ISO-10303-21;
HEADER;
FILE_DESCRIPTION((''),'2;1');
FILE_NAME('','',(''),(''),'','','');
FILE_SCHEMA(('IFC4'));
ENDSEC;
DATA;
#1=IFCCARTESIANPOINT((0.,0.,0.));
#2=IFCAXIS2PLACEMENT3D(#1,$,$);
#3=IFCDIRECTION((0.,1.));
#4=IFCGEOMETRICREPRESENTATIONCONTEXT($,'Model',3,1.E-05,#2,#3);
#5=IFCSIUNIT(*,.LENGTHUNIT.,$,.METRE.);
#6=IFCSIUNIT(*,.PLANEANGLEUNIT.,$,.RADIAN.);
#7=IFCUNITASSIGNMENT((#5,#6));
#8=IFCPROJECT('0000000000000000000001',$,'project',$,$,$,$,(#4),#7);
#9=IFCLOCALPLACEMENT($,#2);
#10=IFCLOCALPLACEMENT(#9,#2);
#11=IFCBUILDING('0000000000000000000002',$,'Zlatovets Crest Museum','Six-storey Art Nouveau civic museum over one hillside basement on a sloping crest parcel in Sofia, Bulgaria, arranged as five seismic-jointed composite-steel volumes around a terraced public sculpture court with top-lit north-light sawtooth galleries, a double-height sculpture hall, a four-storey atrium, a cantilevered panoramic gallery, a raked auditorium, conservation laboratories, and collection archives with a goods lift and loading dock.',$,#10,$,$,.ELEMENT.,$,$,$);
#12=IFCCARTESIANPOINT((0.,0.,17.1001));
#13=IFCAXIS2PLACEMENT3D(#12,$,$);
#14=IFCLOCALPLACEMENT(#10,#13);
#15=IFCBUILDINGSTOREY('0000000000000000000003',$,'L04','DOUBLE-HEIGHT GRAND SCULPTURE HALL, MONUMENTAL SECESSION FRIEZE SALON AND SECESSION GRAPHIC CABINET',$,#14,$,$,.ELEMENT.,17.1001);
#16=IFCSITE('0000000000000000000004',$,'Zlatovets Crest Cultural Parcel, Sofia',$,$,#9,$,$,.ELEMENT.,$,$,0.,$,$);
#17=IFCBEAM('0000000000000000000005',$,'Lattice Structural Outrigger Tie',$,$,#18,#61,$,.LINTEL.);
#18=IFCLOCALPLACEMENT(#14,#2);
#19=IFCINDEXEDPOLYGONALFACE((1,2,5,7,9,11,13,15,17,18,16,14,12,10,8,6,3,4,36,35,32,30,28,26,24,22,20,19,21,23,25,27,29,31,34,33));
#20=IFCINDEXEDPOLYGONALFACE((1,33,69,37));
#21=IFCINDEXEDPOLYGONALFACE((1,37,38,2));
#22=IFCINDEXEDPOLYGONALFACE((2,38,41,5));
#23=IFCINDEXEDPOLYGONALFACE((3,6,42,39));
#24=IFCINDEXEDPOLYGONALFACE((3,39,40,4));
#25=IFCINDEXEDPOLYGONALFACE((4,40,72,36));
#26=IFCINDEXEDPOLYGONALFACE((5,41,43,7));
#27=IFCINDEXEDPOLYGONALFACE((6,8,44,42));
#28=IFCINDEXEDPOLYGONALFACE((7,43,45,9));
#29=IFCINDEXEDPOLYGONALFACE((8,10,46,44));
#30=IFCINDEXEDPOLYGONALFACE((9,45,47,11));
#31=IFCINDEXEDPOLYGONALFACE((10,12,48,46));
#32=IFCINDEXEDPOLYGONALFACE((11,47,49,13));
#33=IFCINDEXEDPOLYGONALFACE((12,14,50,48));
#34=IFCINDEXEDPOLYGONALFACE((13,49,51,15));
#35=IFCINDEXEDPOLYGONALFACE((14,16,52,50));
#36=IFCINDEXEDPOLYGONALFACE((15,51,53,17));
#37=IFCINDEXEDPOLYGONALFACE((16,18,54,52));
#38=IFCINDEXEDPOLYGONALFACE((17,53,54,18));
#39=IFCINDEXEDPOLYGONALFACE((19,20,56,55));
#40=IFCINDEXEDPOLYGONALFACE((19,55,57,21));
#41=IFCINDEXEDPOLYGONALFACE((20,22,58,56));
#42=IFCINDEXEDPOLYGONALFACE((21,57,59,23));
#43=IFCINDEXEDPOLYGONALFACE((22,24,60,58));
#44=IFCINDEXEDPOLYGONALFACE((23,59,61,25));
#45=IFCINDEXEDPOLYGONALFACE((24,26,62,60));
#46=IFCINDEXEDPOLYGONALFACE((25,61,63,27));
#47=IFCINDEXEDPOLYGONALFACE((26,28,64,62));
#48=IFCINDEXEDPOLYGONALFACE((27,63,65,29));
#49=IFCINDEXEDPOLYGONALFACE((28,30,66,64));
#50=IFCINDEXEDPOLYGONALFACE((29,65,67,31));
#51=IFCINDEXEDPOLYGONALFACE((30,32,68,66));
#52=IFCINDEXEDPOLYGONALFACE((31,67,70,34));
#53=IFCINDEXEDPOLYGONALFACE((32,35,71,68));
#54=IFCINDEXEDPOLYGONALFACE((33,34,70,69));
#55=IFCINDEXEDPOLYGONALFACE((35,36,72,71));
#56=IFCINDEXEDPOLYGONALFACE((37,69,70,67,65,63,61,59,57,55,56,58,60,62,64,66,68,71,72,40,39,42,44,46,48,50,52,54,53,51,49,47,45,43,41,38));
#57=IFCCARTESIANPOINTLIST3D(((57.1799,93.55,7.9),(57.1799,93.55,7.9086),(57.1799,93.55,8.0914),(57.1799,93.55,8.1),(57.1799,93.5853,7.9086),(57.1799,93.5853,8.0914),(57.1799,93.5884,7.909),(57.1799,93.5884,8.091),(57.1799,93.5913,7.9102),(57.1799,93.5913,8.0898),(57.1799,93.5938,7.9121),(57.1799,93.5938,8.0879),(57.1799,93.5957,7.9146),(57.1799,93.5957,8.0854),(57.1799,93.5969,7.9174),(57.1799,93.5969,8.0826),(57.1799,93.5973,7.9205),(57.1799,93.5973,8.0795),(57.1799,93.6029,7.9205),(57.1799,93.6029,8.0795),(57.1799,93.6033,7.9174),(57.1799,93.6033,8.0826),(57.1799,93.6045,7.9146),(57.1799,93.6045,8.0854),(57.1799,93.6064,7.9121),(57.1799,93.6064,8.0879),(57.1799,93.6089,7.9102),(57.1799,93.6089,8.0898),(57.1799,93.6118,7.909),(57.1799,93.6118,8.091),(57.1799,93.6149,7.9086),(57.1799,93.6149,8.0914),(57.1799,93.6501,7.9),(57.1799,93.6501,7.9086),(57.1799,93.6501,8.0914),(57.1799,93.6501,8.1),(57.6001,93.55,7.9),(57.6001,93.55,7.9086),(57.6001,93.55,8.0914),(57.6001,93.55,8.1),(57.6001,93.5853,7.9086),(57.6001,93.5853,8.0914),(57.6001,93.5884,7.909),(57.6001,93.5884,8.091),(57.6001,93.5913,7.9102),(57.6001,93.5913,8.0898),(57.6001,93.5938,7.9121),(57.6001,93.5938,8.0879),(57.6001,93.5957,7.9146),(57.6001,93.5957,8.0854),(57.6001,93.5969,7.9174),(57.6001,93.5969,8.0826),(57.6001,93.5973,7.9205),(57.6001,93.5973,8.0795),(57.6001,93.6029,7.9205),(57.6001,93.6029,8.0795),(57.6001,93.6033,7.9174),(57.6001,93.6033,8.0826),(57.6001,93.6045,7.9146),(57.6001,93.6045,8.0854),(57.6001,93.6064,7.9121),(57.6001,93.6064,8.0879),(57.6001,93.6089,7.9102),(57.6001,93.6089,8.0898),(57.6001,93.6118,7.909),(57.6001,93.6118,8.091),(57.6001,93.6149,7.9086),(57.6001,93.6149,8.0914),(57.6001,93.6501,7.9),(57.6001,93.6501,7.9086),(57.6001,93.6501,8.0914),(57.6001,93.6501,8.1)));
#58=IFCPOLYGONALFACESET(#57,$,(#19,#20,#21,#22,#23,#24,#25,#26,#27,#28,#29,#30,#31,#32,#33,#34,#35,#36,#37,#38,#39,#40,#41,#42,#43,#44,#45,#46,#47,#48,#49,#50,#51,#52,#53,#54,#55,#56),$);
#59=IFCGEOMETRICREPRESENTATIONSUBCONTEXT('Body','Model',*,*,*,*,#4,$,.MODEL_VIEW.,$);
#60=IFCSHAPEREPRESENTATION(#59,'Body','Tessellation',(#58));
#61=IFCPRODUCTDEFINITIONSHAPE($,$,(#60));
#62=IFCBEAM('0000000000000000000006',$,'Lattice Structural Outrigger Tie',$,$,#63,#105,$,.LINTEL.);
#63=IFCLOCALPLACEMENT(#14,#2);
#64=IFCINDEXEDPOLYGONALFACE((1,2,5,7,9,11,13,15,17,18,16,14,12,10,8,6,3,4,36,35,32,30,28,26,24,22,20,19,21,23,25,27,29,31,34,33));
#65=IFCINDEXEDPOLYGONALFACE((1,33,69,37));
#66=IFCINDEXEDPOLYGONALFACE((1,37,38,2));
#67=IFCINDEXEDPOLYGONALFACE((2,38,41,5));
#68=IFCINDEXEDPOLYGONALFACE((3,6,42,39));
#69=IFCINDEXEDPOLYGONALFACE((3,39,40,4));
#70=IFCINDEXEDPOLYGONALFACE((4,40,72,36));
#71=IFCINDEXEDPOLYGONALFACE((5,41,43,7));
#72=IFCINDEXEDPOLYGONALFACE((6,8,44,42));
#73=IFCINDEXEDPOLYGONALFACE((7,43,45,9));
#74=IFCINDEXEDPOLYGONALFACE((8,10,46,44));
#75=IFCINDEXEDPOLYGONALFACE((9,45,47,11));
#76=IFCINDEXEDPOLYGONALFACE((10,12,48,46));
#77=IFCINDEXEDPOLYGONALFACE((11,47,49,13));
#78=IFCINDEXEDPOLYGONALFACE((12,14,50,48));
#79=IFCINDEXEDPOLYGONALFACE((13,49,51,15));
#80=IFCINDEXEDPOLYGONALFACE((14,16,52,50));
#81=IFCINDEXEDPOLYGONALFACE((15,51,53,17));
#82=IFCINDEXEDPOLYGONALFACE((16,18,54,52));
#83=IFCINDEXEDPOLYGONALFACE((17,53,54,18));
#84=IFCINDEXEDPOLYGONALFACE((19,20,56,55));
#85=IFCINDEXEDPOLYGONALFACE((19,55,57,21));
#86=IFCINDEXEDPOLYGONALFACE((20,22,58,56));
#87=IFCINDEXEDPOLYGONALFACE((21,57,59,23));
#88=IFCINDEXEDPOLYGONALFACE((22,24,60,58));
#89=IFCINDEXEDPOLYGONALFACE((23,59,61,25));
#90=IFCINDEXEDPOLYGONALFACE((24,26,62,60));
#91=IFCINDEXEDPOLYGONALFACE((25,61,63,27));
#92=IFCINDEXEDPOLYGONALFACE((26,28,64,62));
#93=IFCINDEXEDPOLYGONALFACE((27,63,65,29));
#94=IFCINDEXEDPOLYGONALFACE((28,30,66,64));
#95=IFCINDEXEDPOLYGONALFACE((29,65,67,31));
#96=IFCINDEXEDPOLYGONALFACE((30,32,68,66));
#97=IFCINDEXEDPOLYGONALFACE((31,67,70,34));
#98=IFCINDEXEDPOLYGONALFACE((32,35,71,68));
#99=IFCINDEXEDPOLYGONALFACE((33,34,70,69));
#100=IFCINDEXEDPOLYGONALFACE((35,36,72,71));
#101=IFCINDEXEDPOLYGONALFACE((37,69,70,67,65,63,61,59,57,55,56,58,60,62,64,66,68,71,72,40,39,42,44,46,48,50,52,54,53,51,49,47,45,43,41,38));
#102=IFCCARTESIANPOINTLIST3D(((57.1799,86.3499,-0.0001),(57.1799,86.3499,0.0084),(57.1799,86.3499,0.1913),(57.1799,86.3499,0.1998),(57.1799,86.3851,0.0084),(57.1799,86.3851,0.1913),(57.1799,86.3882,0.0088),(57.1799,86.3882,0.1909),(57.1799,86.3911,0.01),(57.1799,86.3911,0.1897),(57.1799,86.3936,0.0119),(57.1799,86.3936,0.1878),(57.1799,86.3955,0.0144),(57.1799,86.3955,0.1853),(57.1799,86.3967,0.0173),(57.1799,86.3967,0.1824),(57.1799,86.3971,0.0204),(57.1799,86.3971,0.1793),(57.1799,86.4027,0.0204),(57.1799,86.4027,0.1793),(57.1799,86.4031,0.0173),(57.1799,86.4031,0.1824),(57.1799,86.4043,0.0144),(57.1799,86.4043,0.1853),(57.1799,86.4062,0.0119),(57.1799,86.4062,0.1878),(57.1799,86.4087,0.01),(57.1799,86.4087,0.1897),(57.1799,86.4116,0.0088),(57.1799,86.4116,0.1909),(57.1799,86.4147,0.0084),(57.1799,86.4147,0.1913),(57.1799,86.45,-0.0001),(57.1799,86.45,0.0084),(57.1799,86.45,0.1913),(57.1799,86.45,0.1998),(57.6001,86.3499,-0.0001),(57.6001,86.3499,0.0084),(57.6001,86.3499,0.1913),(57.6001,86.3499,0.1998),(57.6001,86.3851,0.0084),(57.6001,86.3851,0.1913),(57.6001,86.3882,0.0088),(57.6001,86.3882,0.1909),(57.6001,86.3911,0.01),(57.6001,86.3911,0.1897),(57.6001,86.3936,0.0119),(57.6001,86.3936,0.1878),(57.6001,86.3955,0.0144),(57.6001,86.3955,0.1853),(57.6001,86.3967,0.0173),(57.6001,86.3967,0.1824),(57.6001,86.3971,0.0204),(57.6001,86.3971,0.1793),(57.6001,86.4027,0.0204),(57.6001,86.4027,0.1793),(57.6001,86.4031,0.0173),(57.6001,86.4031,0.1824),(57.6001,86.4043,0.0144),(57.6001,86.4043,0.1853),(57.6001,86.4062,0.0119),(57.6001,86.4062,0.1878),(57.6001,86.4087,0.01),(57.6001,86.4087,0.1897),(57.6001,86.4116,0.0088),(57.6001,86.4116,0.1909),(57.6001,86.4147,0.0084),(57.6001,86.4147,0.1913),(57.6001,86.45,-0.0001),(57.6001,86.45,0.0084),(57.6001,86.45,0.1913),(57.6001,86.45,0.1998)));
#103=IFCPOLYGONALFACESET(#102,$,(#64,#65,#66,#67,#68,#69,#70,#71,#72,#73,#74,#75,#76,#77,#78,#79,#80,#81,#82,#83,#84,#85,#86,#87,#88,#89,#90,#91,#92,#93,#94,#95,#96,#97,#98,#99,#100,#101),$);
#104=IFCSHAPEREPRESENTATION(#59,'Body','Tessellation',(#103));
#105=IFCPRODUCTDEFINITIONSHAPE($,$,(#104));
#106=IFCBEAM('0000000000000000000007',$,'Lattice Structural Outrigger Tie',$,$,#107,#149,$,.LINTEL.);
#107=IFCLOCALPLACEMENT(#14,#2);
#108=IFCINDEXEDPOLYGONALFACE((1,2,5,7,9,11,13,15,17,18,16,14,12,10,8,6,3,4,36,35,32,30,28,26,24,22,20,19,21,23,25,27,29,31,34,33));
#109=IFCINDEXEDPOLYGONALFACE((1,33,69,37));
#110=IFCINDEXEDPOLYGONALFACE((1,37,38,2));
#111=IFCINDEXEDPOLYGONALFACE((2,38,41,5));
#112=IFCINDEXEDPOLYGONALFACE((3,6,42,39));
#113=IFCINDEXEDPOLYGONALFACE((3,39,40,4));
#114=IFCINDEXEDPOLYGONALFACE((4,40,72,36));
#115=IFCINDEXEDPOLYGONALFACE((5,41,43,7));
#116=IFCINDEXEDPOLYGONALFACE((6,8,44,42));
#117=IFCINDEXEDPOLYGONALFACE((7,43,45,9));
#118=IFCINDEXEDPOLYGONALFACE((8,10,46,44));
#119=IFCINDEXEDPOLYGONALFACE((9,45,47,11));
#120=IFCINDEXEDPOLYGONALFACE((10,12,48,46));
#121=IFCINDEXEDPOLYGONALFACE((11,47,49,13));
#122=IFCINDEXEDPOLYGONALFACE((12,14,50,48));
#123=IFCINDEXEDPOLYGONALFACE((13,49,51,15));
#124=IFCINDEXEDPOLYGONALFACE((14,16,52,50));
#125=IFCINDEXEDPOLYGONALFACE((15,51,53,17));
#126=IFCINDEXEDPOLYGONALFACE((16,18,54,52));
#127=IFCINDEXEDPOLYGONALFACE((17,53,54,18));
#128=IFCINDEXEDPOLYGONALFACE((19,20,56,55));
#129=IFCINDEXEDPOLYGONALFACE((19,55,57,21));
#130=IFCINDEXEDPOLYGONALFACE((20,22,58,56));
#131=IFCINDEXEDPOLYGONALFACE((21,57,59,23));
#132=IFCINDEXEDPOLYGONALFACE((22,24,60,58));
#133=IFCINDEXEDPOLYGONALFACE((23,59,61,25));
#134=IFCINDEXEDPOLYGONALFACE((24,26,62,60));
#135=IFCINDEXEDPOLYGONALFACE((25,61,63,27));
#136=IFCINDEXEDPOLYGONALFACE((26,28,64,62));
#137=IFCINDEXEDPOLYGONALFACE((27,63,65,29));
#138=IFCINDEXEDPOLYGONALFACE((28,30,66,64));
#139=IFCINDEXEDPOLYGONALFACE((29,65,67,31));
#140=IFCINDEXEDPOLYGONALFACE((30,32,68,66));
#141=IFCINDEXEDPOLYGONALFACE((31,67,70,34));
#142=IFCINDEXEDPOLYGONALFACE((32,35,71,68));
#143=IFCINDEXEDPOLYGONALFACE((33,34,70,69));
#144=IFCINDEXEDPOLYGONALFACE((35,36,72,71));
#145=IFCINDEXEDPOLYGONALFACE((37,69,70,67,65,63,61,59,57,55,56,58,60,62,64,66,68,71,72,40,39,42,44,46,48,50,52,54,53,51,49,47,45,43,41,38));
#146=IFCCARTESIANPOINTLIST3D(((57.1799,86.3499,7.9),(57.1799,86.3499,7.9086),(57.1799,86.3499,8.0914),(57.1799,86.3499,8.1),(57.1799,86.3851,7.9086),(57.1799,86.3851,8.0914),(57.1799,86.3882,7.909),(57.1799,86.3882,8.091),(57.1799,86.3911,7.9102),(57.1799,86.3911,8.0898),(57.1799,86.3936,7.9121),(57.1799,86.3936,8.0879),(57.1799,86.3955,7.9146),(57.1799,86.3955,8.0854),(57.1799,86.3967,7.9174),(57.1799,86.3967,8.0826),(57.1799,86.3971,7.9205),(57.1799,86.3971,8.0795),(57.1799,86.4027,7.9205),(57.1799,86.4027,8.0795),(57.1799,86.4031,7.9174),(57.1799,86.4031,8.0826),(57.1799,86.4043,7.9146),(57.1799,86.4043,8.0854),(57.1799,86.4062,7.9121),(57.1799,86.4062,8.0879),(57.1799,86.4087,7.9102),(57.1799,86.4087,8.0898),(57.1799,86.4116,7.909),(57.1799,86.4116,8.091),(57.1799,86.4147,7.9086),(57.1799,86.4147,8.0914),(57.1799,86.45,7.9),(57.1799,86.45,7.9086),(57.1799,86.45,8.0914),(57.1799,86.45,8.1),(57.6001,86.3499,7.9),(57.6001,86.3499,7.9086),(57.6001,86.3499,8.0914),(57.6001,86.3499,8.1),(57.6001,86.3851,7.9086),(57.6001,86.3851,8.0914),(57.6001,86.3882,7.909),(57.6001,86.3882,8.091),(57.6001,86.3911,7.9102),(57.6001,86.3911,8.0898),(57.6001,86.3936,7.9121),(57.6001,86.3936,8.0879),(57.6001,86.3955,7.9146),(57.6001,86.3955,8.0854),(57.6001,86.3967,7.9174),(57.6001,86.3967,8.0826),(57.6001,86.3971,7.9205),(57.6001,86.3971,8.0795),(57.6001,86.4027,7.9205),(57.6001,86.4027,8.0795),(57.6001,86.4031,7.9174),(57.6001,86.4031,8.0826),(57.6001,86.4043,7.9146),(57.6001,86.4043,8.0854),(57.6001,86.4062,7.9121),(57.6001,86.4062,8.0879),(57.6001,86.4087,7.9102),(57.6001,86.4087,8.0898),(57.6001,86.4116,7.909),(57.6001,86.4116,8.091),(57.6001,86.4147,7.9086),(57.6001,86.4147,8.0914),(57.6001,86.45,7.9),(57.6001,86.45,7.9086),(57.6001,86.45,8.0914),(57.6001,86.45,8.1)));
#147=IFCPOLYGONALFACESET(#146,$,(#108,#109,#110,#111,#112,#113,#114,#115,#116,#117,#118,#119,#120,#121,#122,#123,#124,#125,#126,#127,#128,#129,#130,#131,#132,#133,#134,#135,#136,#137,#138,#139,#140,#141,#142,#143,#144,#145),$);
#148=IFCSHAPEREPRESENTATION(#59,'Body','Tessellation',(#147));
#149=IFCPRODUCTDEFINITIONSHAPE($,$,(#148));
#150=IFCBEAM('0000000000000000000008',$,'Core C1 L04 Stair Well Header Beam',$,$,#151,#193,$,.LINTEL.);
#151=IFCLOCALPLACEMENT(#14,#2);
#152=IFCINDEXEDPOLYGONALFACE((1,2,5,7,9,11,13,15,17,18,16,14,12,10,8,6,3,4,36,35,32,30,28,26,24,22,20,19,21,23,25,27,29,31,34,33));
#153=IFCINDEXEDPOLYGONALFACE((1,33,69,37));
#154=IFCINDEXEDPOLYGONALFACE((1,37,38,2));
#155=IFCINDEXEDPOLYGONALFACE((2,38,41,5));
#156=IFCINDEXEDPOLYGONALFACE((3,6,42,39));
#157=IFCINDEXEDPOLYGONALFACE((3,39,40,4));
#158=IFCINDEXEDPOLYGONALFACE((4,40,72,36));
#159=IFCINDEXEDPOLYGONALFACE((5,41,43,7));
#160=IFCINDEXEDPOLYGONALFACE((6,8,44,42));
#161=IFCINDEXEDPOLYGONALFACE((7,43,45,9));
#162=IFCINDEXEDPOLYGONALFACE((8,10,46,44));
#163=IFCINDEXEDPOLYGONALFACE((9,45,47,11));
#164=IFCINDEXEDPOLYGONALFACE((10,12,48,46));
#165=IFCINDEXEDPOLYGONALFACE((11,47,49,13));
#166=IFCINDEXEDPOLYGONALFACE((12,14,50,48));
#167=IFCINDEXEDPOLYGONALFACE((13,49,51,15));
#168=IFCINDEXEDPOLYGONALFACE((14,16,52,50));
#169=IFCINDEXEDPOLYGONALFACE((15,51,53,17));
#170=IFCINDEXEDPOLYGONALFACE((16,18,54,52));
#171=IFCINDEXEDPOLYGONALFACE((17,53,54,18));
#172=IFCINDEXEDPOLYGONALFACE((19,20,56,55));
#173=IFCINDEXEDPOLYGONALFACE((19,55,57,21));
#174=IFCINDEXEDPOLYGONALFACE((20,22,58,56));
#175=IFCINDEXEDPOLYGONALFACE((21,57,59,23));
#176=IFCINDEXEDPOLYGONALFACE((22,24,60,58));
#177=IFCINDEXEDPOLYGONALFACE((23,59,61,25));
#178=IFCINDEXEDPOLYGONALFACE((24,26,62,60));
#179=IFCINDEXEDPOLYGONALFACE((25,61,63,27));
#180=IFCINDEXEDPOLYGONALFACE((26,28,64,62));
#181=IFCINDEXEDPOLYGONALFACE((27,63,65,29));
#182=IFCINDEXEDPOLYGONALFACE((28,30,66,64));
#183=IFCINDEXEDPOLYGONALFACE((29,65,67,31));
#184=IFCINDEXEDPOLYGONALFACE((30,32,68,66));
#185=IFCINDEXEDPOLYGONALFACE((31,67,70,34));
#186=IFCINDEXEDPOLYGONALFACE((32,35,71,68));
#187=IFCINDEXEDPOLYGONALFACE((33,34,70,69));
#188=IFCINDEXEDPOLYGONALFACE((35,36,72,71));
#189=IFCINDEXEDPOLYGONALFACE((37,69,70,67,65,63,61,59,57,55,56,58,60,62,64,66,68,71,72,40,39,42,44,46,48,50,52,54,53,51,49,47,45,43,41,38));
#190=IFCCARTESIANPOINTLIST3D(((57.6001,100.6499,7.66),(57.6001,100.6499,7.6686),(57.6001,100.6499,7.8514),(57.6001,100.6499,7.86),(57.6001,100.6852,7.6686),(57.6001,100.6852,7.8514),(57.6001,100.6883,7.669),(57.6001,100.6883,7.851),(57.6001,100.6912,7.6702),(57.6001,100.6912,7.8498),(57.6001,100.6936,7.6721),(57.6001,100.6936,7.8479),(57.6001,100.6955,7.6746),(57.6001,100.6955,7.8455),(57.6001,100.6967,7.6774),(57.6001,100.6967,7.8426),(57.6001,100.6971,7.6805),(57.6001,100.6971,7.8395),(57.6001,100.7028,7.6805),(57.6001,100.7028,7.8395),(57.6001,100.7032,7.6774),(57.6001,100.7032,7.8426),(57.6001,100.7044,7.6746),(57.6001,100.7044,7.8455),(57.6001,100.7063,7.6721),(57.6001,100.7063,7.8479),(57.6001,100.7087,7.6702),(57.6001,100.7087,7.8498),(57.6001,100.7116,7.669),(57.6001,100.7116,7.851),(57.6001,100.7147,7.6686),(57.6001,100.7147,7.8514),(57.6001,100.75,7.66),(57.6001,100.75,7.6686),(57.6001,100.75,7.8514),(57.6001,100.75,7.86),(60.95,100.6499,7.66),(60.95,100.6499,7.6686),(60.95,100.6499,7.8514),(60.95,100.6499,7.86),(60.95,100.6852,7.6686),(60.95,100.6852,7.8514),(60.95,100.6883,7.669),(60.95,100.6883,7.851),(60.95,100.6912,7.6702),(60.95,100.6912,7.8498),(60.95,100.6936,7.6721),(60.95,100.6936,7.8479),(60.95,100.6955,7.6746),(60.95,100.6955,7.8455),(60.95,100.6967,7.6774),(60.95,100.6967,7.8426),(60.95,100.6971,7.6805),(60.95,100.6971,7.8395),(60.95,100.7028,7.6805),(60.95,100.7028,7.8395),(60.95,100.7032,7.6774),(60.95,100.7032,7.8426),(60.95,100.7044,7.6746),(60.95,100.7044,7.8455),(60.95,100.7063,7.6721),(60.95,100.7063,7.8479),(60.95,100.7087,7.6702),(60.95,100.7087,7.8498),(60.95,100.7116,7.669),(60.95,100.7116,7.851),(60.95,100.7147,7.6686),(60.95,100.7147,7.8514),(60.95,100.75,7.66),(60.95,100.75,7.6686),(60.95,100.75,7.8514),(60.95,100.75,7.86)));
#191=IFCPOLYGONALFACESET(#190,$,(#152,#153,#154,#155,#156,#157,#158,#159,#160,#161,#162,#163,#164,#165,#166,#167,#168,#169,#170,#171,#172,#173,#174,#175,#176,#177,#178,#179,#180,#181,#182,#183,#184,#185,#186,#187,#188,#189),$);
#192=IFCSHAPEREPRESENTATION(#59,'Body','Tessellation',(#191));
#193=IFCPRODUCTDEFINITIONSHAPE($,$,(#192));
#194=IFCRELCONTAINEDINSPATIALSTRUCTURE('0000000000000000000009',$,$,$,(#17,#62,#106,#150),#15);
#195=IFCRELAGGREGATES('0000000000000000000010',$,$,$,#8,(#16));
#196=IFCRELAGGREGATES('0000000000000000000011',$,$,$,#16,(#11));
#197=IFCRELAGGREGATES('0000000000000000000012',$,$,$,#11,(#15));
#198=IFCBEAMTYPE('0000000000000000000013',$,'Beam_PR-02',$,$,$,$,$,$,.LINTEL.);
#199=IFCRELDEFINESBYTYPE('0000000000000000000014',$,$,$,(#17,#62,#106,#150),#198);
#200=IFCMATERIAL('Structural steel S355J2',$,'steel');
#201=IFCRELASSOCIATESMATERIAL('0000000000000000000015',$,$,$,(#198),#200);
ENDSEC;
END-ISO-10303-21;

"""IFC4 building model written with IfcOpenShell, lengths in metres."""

from ifc_helpers import new_model, si_unit, direction, frame, origin, origin_2d, place, context, subcontext, project, spatial, i_section, extrude, material, material_profile, profile_set, type_object, element, save


model = new_model("IFC4")

# Units and contexts
model_context = context("Model", 3, precision=1e-05, world=origin(), true_north=direction((0.0, 1.0)))
body_context = subcontext(model_context, "Body", "Model", "MODEL_VIEW")
ifc_project = project(units=[si_unit("LENGTHUNIT", "METRE"), si_unit("PLANEANGLEUNIT", "RADIAN")], contexts=[model_context])

# Site, building, storey
site_placement = place(None, origin())
site = spatial("IfcSite", under=ifc_project, at=site_placement, Name="Zlatovets Crest Cultural Parcel, Sofia", CompositionType="ELEMENT", RefElevation=0.0)
building_placement = place(site_placement, origin())
building = spatial("IfcBuilding", under=site, at=building_placement, Name="Zlatovets Crest Museum", Description="Six-storey Art Nouveau civic museum over one hillside basement on a sloping crest parcel in Sofia, Bulgaria, arranged as five seismic-jointed composite-steel volumes around a terraced public sculpture court with top-lit north-light sawtooth galleries, a double-height sculpture hall, a four-storey atrium, a cantilevered panoramic gallery, a raked auditorium, conservation laboratories, and collection archives with a goods lift and loading dock.", CompositionType="ELEMENT")
storey_placement = place(building_placement, frame((0.0, 0.0, 17.1001)))
storey = spatial("IfcBuildingStorey", under=building, at=storey_placement, Name="L04", Description="DOUBLE-HEIGHT GRAND SCULPTURE HALL, MONUMENTAL SECESSION FRIEZE SALON AND SECESSION GRAPHIC CABINET", CompositionType="ELEMENT", Elevation=17.1001)

# Shared definitions
ifc_material_1 = material(Name="Structural steel S355J2", Category="steel")

# Beams
ifc_material_profile_1 = material_profile(ifc_material_1, i_section(OverallWidth=0.1001, OverallDepth=0.2, WebThickness=0.0056, FlangeThickness=0.0085, FilletRadius=0.012, at=origin_2d()), Name="IPE 200")
ifc_profile_set_1 = profile_set([ifc_material_profile_1], Name="Structural steel S355J2")
beam_type_1 = type_object("IfcBeamType", Name="Beam_PR-02", PredefinedType="LINTEL", material=ifc_profile_set_1)
for number, where, z_axis, x_axis, name in (
    (1, (57.6001, 93.6001, 8.0), (-1.0, 0.0, 0.0), (0.0, -1.0, 0.0), "Lattice Structural Outrigger Tie"),
    (2, (57.6001, 86.3999, 0.0999), (-1.0, 0.0, 0.0), (0.0, -1.0, 0.0), "Lattice Structural Outrigger Tie"),
    (3, (57.6001, 86.3999, 8.0), (-1.0, 0.0, 0.0), (0.0, -1.0, 0.0), "Lattice Structural Outrigger Tie"),
):
    element("IfcBeam", number, at=place(storey_placement, frame(where, z_axis=z_axis, x_axis=x_axis)), inside=storey, type_object=beam_type_1, Name=name, PredefinedType="LINTEL", context=body_context, shape_type="SweptSolid", body=[
        extrude(i_section(OverallWidth=0.1001, OverallDepth=0.2, WebThickness=0.0056, FlangeThickness=0.0085, FilletRadius=0.012, at=origin_2d()), origin(), (0.0, 0.0, 1.0), 0.4202),
    ])
for number, where, z_axis, x_axis, name in (
    (4, (57.6001, 100.7, 7.76), (1.0, 0.0, 0.0), (0.0, 1.0, 0.0), "Core C1 L04 Stair Well Header Beam"),
):
    element("IfcBeam", number, at=place(storey_placement, frame(where, z_axis=z_axis, x_axis=x_axis)), inside=storey, type_object=beam_type_1, Name=name, PredefinedType="LINTEL", context=body_context, shape_type="SweptSolid", body=[
        extrude(i_section(OverallWidth=0.1001, OverallDepth=0.2, WebThickness=0.0056, FlangeThickness=0.0085, FilletRadius=0.012, at=origin_2d()), origin(), (0.0, 0.0, 1.0), 3.3499),
    ])

save(model, "model.ifc")
